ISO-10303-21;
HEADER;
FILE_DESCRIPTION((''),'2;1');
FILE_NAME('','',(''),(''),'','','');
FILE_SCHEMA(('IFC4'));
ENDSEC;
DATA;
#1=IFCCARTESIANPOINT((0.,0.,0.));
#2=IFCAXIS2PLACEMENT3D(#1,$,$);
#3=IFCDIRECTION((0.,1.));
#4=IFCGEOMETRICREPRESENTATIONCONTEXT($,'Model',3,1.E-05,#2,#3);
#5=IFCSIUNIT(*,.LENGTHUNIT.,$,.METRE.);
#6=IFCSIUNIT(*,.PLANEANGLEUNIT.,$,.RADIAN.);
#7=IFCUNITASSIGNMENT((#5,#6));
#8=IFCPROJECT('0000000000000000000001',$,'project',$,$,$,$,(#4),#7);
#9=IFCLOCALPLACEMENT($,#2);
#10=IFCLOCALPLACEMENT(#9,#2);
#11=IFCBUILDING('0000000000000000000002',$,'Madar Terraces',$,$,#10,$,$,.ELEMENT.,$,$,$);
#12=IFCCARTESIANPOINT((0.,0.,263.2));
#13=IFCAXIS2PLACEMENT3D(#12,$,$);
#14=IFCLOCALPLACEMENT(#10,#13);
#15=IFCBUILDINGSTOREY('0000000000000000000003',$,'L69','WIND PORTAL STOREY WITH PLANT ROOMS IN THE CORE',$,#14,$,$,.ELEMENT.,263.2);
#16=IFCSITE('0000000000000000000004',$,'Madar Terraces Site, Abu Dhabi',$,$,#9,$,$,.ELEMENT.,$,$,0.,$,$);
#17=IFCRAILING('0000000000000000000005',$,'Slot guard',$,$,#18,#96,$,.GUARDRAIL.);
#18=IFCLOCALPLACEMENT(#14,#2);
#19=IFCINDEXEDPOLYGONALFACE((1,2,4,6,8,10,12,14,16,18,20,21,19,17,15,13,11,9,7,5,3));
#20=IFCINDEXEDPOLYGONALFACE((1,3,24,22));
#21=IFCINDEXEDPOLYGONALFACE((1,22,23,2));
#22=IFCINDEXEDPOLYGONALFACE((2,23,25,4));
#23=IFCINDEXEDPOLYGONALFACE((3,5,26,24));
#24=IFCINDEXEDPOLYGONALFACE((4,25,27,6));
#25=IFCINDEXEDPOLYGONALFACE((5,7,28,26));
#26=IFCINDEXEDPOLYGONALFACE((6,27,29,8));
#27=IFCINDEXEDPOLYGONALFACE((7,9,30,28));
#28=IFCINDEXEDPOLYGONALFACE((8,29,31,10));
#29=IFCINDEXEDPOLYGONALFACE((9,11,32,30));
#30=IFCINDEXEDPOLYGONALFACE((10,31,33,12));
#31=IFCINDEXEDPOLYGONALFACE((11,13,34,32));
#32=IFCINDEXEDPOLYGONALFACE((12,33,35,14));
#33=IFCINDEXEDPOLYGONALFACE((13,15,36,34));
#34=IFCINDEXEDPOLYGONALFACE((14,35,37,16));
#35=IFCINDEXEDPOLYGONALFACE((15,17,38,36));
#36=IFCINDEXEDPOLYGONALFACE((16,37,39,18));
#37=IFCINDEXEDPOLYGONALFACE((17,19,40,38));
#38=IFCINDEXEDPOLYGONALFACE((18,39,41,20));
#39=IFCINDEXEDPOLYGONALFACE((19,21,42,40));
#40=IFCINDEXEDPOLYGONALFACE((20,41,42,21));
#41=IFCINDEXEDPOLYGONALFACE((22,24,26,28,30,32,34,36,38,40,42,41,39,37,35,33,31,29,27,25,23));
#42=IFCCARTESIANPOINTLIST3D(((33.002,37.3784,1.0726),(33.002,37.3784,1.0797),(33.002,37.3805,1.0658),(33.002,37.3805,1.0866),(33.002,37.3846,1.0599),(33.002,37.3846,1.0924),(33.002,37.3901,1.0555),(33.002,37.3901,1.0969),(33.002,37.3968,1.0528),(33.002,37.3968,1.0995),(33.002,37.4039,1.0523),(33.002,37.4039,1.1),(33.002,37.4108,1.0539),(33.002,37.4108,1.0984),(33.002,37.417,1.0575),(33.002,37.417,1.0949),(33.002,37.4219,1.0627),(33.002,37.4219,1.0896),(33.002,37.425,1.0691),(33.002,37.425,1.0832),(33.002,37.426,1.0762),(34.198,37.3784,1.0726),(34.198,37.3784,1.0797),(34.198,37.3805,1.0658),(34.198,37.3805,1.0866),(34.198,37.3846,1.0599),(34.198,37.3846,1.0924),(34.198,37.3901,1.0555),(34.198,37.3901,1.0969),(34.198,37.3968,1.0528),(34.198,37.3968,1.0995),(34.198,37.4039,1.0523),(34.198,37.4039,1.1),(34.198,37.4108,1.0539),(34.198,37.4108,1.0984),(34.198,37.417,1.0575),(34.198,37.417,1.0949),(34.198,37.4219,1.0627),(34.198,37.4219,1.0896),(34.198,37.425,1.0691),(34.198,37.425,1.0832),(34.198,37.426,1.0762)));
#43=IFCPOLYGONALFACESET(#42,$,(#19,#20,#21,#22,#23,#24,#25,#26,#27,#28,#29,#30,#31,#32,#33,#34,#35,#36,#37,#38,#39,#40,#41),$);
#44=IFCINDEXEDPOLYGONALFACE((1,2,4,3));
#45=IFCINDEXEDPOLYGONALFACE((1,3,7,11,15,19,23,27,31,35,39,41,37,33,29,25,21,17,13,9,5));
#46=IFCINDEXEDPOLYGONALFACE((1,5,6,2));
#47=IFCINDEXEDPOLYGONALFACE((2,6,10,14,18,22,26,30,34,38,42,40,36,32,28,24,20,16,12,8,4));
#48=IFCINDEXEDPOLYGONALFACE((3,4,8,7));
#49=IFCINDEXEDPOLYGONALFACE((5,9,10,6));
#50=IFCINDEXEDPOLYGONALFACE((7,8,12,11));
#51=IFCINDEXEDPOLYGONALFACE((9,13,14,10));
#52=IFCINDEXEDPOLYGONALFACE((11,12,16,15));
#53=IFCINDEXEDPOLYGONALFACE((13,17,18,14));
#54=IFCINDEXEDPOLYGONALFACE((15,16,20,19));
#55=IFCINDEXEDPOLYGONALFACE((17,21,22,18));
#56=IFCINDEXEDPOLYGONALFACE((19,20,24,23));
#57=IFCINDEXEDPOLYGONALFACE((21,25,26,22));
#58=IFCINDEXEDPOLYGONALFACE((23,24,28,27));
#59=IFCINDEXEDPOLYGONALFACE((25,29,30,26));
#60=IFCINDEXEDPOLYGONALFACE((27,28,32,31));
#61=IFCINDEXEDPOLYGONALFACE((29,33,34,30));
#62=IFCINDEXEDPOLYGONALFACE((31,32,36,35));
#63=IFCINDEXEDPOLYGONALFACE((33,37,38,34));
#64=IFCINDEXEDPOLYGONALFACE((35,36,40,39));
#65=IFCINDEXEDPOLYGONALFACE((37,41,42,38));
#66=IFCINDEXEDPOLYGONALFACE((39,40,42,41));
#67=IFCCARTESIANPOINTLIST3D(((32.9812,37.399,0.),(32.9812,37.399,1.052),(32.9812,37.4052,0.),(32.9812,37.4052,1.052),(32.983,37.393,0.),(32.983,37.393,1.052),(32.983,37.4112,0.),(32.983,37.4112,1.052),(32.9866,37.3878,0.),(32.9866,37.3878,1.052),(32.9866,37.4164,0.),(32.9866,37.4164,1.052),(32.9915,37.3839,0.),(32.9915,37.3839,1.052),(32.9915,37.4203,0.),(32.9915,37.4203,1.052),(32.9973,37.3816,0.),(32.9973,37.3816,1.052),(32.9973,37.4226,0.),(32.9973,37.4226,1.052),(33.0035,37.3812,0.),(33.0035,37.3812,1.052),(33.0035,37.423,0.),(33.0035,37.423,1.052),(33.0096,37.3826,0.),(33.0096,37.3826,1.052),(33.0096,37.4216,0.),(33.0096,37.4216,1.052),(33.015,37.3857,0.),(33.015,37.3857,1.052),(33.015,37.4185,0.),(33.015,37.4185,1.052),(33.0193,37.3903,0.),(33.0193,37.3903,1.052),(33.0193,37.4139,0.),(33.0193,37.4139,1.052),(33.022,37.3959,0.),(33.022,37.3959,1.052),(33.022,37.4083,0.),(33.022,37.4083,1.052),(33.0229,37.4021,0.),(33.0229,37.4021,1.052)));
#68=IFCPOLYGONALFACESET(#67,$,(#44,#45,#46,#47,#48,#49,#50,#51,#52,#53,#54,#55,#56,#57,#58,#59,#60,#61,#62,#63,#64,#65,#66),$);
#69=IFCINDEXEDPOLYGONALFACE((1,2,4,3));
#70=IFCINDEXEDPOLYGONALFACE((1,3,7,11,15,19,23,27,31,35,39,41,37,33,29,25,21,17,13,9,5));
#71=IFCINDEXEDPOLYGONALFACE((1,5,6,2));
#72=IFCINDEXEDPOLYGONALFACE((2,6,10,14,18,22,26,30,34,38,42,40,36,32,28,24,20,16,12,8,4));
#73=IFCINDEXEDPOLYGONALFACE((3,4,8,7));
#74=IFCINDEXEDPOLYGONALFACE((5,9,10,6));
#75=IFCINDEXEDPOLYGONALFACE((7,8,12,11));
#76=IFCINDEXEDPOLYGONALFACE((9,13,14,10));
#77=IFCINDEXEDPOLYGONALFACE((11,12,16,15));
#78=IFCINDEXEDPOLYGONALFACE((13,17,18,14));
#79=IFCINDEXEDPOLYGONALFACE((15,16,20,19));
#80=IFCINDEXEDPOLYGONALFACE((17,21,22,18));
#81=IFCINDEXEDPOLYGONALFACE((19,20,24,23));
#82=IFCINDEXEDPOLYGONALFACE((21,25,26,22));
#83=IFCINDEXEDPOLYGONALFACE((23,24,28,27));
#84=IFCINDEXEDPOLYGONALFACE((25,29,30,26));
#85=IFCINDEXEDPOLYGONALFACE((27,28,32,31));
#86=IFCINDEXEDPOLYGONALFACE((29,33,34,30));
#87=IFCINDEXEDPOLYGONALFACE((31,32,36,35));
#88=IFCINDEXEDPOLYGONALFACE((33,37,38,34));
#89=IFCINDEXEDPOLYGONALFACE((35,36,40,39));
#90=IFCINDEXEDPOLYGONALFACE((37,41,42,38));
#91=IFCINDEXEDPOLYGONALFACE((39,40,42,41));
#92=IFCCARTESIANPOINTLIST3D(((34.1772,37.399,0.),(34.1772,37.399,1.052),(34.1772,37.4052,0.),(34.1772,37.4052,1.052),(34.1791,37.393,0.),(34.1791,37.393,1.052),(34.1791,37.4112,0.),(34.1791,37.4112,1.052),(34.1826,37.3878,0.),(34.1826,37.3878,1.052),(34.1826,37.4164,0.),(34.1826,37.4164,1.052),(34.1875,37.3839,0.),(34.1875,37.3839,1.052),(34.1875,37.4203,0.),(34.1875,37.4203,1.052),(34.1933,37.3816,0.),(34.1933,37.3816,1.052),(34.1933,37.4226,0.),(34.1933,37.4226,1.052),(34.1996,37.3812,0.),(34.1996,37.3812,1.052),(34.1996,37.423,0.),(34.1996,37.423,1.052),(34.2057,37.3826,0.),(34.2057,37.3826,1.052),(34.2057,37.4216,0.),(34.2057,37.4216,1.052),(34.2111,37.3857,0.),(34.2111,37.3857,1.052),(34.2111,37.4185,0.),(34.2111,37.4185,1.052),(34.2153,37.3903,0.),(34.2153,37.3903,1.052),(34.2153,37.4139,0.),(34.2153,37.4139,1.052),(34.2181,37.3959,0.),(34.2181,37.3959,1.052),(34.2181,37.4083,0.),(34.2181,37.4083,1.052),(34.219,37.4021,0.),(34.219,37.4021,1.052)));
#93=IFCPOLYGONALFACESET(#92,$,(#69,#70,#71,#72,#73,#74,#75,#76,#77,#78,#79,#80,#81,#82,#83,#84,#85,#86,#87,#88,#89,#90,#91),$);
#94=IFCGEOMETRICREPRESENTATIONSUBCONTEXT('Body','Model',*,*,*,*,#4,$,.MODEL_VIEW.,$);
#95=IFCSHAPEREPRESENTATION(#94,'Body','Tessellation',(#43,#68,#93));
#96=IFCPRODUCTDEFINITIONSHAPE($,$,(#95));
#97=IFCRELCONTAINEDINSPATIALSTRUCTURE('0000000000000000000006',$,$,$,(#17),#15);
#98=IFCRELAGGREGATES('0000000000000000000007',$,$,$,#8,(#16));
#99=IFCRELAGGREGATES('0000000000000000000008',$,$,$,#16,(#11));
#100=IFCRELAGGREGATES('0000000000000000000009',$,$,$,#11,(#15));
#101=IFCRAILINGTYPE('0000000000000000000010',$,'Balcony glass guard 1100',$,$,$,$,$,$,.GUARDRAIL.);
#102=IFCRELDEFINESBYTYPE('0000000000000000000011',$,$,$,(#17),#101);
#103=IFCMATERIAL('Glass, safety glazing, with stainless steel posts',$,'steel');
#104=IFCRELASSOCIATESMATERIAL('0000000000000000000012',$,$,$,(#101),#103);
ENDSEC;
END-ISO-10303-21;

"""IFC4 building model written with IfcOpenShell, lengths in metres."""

from ifc_helpers import new_model, si_unit, direction, frame, origin, origin_2d, place, context, subcontext, project, spatial, circle, extrude, material, type_object, element, save


model = new_model("IFC4")

# Units and contexts
model_context = context("Model", 3, precision=1e-05, world=origin(), true_north=direction((0.0, 1.0)))
body_context = subcontext(model_context, "Body", "Model", "MODEL_VIEW")
ifc_project = project(units=[si_unit("LENGTHUNIT", "METRE"), si_unit("PLANEANGLEUNIT", "RADIAN")], contexts=[model_context])

# Site, building, storey
site_placement = place(None, origin())
site = spatial("IfcSite", under=ifc_project, at=site_placement, Name="Madar Terraces Site, Abu Dhabi", CompositionType="ELEMENT", RefElevation=0.0)
building_placement = place(site_placement, origin())
building = spatial("IfcBuilding", under=site, at=building_placement, Name="Madar Terraces", CompositionType="ELEMENT")
storey_placement = place(building_placement, frame((0.0, 0.0, 263.2)))
storey = spatial("IfcBuildingStorey", under=building, at=storey_placement, Name="L69", Description="WIND PORTAL STOREY WITH PLANT ROOMS IN THE CORE", CompositionType="ELEMENT", Elevation=263.2)

# Railing
ifc_material_1 = material(Name="Glass, safety glazing, with stainless steel posts", Category="steel")
railing_type_1 = type_object("IfcRailingType", Name="Balcony glass guard 1100", PredefinedType="GUARDRAIL", material=ifc_material_1)
railing_1_placement = place(storey_placement, frame((33.002, 37.4021, 0.0)))
element("IfcRailing", 1, at=railing_1_placement, inside=storey, type_object=railing_type_1, Name="Slot guard", PredefinedType="GUARDRAIL", context=body_context, shape_type="SweptSolid", body=[
    extrude(circle(Radius=0.0239, at=origin_2d()), frame((0.0, 0.0, 1.0762), z_axis=(1.0, 0.0, 0.0), x_axis=(0.0, 1.0, 0.0)), (0.0, 0.0, 1.0), 1.196),
    extrude(circle(Radius=0.021, at=origin_2d()), origin(), (0.0, 0.0, 1.0), 1.052),
    extrude(circle(Radius=0.021, at=origin_2d()), frame((1.196, 0.0, 0.0)), (0.0, 0.0, 1.0), 1.052),
])

save(model, "model.ifc")
